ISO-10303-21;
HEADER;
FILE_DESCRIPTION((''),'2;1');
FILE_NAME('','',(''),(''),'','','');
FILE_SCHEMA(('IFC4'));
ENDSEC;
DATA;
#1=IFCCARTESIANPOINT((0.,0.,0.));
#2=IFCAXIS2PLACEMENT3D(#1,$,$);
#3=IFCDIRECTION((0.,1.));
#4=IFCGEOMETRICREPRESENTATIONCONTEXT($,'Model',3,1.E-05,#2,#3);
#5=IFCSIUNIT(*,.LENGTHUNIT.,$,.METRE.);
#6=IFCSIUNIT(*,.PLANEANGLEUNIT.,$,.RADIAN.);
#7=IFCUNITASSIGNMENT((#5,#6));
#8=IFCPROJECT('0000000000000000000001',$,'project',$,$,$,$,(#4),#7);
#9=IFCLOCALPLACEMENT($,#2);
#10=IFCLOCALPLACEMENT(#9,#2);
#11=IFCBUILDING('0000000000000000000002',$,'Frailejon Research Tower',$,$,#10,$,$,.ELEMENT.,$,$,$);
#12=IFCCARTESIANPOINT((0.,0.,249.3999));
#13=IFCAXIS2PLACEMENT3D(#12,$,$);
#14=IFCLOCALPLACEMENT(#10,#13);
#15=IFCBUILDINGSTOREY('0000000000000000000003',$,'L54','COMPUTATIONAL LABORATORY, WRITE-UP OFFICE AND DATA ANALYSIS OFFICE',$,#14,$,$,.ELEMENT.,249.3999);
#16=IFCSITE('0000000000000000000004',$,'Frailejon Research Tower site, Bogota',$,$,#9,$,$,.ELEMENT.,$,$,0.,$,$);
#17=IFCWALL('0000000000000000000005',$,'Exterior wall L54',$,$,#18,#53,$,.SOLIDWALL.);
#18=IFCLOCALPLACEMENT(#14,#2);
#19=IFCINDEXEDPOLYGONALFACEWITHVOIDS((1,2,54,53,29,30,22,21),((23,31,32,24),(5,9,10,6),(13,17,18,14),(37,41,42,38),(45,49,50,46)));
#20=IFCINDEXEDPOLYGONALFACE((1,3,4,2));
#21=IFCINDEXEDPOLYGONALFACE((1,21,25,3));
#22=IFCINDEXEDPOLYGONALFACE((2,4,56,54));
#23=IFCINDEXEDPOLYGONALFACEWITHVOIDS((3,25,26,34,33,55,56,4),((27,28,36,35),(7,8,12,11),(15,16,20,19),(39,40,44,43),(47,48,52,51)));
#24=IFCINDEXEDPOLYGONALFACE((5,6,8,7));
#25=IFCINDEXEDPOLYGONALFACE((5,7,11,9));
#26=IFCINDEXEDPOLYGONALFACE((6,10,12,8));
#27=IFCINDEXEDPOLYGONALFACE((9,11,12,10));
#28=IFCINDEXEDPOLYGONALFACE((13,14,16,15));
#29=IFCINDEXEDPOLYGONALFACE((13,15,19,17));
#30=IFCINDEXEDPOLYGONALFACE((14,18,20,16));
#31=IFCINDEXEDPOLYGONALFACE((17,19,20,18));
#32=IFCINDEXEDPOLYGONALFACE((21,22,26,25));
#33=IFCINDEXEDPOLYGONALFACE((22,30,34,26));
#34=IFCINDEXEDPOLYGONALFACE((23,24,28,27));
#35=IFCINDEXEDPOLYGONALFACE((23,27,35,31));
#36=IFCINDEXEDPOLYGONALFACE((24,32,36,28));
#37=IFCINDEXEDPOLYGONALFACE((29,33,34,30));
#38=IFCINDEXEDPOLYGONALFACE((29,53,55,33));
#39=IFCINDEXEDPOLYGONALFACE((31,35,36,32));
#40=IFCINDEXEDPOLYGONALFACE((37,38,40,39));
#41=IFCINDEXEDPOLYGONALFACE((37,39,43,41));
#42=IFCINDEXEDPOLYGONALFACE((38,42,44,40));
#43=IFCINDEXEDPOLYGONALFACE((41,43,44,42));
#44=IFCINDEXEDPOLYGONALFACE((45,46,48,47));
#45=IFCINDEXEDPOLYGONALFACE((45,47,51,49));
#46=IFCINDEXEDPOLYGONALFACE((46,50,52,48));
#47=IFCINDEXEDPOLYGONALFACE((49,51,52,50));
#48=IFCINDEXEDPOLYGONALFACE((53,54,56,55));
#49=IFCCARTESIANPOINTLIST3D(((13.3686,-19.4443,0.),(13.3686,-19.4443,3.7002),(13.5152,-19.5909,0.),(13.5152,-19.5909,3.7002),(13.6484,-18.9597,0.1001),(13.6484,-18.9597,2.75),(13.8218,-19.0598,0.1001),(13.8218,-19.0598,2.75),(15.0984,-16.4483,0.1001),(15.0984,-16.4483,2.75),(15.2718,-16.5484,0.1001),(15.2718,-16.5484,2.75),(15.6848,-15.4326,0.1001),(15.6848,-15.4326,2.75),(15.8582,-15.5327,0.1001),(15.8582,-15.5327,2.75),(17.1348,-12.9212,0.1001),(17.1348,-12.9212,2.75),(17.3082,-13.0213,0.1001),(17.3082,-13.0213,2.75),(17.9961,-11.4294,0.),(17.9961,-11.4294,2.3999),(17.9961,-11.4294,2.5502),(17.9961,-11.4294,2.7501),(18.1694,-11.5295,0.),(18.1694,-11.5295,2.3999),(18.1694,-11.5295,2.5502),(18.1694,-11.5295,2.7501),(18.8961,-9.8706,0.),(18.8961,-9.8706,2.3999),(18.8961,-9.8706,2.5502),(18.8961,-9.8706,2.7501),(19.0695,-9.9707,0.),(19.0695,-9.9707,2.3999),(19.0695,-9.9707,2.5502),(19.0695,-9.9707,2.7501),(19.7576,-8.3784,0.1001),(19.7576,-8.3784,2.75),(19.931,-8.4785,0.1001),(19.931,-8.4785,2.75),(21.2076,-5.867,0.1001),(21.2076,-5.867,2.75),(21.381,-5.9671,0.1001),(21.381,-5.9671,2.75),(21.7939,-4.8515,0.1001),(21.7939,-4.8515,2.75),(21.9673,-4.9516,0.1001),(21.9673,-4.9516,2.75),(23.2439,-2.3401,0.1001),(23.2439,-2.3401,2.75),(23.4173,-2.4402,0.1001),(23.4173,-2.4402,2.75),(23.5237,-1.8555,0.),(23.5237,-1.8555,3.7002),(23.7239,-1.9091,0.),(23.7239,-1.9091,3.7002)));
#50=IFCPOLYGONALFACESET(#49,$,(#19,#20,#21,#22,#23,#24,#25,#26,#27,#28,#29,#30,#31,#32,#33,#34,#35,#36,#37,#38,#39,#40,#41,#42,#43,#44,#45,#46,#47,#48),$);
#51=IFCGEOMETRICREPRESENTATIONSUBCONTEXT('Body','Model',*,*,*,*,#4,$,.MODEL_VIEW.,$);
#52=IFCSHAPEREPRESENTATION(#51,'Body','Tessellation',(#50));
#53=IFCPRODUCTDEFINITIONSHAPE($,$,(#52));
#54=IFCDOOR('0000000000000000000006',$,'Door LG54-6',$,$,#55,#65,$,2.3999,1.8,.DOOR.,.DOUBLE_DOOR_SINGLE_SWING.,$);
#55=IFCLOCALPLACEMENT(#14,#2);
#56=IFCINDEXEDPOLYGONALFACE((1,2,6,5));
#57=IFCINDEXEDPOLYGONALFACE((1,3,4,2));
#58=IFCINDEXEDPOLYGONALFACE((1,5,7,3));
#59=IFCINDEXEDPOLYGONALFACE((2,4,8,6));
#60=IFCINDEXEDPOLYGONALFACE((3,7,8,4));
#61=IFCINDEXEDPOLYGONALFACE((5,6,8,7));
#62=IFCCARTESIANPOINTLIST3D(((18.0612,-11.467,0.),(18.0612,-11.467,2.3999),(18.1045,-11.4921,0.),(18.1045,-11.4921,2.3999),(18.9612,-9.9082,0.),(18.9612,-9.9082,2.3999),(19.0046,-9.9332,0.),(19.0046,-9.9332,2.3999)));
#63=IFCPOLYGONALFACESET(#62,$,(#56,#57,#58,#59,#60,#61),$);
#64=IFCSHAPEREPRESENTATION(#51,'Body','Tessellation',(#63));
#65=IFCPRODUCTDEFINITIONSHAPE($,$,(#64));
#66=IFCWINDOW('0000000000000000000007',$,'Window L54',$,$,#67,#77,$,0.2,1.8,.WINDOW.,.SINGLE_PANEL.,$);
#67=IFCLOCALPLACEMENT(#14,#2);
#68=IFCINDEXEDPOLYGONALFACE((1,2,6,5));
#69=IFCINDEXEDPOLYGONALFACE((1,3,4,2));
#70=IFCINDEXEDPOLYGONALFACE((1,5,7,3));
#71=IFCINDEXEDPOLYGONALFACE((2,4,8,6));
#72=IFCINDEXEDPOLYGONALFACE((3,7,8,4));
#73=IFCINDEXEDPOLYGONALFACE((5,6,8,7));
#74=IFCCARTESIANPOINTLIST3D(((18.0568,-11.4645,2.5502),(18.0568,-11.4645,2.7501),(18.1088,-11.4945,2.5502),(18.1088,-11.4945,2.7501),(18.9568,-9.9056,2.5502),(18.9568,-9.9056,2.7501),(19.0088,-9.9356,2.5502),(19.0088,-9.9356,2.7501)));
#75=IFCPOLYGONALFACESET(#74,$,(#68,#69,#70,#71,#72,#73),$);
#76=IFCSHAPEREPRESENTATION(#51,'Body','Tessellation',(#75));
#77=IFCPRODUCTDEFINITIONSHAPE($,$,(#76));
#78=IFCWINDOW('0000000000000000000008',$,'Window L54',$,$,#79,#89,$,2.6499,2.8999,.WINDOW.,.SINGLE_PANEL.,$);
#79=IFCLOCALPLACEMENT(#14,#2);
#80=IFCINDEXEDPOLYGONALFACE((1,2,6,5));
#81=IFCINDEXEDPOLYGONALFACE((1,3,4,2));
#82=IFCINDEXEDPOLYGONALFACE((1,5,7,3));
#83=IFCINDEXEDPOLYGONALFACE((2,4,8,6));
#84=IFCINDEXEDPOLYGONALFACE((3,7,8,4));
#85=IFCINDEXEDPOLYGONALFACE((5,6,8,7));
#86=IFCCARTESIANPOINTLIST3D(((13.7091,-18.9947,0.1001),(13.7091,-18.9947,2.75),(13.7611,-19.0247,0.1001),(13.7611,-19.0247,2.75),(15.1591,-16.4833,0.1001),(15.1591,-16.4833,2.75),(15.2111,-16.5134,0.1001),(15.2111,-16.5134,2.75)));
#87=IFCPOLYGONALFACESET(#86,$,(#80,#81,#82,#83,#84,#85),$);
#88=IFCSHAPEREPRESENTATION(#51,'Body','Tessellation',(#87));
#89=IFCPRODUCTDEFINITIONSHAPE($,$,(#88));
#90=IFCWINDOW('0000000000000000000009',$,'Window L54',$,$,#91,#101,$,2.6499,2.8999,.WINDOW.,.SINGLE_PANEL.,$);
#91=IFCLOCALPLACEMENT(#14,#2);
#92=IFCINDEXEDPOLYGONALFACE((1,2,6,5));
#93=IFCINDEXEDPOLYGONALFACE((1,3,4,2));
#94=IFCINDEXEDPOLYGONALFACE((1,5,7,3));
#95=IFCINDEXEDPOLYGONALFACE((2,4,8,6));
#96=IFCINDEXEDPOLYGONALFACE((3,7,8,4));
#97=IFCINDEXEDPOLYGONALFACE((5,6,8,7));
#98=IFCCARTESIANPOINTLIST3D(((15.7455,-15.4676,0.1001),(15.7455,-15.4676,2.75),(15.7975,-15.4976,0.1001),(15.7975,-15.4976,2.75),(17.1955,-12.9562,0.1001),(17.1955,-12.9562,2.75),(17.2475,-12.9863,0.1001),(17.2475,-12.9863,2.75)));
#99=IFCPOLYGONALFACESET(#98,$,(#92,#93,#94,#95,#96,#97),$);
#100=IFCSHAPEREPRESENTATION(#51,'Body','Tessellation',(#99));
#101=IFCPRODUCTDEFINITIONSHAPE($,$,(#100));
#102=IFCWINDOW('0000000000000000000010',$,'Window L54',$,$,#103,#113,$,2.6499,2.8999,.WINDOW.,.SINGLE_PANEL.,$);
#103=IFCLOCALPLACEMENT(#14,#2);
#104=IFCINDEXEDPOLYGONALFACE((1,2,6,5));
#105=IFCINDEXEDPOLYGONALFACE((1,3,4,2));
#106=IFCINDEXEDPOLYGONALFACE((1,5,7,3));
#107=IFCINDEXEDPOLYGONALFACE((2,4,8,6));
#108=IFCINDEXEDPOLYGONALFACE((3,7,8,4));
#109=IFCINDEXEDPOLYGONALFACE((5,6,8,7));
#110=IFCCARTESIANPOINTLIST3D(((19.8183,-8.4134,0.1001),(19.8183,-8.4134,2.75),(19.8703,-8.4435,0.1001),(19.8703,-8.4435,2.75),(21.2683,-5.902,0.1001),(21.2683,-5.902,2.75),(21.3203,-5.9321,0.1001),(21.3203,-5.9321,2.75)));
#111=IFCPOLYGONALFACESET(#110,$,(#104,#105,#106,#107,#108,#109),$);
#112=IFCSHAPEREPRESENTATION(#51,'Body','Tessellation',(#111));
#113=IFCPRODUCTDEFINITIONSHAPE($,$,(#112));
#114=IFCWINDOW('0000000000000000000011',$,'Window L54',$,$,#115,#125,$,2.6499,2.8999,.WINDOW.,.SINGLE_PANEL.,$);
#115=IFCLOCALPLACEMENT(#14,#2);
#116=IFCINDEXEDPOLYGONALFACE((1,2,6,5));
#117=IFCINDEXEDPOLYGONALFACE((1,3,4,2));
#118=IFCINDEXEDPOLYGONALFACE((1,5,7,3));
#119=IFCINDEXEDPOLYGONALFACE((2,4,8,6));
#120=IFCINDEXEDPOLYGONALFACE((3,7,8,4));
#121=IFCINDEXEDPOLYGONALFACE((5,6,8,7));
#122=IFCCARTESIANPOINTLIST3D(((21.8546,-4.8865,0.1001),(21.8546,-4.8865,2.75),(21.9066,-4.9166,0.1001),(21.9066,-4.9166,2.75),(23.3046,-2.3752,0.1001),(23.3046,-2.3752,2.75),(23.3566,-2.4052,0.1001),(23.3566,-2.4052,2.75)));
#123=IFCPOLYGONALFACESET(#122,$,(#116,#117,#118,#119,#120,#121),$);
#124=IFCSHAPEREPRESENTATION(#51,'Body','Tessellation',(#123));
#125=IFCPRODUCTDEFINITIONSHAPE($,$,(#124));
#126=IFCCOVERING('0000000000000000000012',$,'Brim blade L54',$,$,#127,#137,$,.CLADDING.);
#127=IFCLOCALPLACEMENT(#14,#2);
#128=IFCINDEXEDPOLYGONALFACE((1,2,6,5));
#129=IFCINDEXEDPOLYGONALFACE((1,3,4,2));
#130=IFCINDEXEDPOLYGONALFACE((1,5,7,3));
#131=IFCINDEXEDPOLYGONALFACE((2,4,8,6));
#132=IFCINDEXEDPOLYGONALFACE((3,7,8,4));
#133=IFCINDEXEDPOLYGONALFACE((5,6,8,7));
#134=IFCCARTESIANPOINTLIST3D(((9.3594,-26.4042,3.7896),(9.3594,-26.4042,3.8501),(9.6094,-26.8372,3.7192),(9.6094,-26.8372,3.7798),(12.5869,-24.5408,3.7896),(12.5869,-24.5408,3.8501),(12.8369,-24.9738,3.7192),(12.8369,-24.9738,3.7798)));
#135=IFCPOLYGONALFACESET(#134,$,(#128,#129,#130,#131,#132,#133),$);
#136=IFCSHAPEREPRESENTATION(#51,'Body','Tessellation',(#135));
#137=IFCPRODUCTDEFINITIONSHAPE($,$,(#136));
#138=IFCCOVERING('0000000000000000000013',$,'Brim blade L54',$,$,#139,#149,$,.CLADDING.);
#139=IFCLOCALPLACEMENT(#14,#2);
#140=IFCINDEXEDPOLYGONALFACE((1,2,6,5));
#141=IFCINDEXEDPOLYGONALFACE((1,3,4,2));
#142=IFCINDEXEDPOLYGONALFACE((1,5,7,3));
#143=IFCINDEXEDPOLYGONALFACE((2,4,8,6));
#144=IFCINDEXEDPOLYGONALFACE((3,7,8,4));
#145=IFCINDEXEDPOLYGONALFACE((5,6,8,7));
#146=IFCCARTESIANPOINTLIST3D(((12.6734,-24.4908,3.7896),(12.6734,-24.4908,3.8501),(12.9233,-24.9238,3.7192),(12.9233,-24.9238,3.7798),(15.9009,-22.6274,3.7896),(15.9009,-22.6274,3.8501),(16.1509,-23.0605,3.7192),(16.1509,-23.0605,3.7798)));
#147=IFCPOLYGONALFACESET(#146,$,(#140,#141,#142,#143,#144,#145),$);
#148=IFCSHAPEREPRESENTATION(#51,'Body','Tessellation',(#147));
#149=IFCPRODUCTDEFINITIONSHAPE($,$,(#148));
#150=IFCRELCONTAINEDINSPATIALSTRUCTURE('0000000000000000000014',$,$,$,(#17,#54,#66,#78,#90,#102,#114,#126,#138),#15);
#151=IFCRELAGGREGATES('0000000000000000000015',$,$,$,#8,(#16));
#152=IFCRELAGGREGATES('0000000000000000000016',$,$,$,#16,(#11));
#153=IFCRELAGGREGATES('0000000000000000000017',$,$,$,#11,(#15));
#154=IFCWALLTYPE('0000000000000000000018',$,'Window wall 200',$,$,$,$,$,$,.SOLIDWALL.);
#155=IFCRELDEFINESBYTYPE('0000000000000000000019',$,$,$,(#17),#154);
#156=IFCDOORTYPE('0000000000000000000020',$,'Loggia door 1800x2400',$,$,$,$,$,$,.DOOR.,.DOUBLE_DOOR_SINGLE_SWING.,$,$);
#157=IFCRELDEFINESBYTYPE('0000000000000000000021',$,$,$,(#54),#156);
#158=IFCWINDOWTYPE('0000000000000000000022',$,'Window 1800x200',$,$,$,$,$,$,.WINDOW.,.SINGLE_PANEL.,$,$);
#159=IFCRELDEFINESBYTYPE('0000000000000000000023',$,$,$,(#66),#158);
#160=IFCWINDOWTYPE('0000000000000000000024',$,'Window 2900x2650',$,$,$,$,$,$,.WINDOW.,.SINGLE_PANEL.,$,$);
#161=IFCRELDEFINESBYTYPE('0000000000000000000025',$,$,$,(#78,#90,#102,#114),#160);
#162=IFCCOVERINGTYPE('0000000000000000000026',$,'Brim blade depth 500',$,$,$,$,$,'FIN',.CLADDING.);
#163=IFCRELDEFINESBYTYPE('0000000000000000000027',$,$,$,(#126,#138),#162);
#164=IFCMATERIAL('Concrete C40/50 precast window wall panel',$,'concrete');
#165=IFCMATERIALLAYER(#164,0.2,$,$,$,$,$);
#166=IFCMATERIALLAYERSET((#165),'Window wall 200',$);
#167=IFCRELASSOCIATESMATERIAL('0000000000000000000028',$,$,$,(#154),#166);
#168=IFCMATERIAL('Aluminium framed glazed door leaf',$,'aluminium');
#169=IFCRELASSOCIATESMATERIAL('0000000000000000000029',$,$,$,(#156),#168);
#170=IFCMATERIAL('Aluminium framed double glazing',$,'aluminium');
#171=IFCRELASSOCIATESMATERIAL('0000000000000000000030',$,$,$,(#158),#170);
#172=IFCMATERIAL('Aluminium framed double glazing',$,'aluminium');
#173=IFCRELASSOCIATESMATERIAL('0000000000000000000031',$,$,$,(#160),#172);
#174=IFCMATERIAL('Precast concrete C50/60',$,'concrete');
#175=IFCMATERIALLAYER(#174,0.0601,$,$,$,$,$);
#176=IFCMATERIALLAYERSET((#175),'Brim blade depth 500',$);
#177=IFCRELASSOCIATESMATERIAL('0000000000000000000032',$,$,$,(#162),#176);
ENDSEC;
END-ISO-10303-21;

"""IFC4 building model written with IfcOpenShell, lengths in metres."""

from ifc_helpers import new_model, si_unit, direction, frame, frame_2d, origin, place, context, subcontext, project, spatial, polyline, rectangle, outline, extrude, material, layer, layer_set, type_object, element, fill, save


model = new_model("IFC4")

# Units and contexts
model_context = context("Model", 3, precision=1e-05, world=origin(), true_north=direction((0.0, 1.0)))
body_context = subcontext(model_context, "Body", "Model", "MODEL_VIEW")
ifc_project = project(units=[si_unit("LENGTHUNIT", "METRE"), si_unit("PLANEANGLEUNIT", "RADIAN")], contexts=[model_context])

# Site, building, storey
site_placement = place(None, origin())
site = spatial("IfcSite", under=ifc_project, at=site_placement, Name="Frailejon Research Tower site, Bogota", CompositionType="ELEMENT", RefElevation=0.0)
building_placement = place(site_placement, origin())
building = spatial("IfcBuilding", under=site, at=building_placement, Name="Frailejon Research Tower", CompositionType="ELEMENT")
storey_placement = place(building_placement, frame((0.0, 0.0, 249.3999)))
storey = spatial("IfcBuildingStorey", under=building, at=storey_placement, Name="L54", Description="COMPUTATIONAL LABORATORY, WRITE-UP OFFICE AND DATA ANALYSIS OFFICE", CompositionType="ELEMENT", Elevation=249.3999)

# Wall, openings, door, windows
ifc_material_1 = material(Name="Concrete C40/50 precast window wall panel", Category="concrete")
ifc_layer_1 = layer(ifc_material_1, 0.2)
ifc_layer_set_1 = layer_set([ifc_layer_1], Name="Window wall 200")
wall_type = type_object("IfcWallType", Name="Window wall 200", PredefinedType="SOLIDWALL", material=ifc_layer_set_1)
wall_placement = place(storey_placement, frame((13.4419, -19.5176, 0.0), z_axis=(0.0, 0.0, 1.0), x_axis=(0.500006, 0.866022, 0.0)))
wall = element("IfcWall", 1, at=wall_placement, inside=storey, type_object=wall_type, Name="Exterior wall L54", PredefinedType="SOLIDWALL", context=body_context, shape_type="SweptSolid", body=[
    extrude(outline(polyline([(-0.0269, -0.1001), (0.9939, -0.1001), (2.0149, -0.1001), (3.0356, -0.1001), (4.0566, -0.1001), (5.0774, -0.1001), (6.0984, -0.1001), (7.1191, -0.1001), (8.1401, -0.1001), (9.1609, -0.1001), (10.1816, -0.1001), (11.2026, -0.1001), (12.2234, -0.1001), (13.2444, -0.1001), (14.2651, -0.1001), (15.2861, -0.1001), (16.3069, -0.1001), (17.3279, -0.1001), (18.3486, -0.1001), (19.3696, -0.1001), (20.3904, -0.1001), (20.3367, 0.1001), (19.3213, 0.1001), (18.3057, 0.1001), (17.2903, 0.1001), (16.2747, 0.1001), (15.2593, 0.1001), (14.2437, 0.1001), (13.2283, 0.1001), (12.2126, 0.1001), (11.1973, 0.1001), (10.1816, 0.1001), (9.1663, 0.1001), (8.1509, 0.1001), (7.1353, 0.1001), (6.1199, 0.1001), (5.1042, 0.1001), (4.0889, 0.1001), (3.0732, 0.1001), (2.0579, 0.1001), (1.0422, 0.1001), (0.0269, 0.1001), (-0.0269, -0.1001)])), origin(), (0.0, 0.0, 1.0), 3.7002),
])
opening_1_placement = place(wall_placement, frame((0.5864, 0.0, 0.1001)))
opening_1 = element("IfcOpeningElement", 2, at=opening_1_placement, cuts=wall, PredefinedType="OPENING", context=body_context, shape_type="SweptSolid", body=[
    extrude(rectangle(XDim=2.8999, YDim=2.6499, at=frame_2d((1.45, 1.325))), frame((0.0, 0.1099, 0.0), z_axis=(0.0, -1.0, 0.0), x_axis=(1.0, 0.0, 0.0)), (0.0, 0.0, 1.0), 0.22),
])
opening_2_placement = place(wall_placement, frame((4.6592, 0.0, 0.1001)))
opening_2 = element("IfcOpeningElement", 3, at=opening_2_placement, cuts=wall, PredefinedType="OPENING", context=body_context, shape_type="SweptSolid", body=[
    extrude(rectangle(XDim=2.8999, YDim=2.6499, at=frame_2d((1.45, 1.325))), frame((0.0, 0.1099, 0.0), z_axis=(0.0, -1.0, 0.0), x_axis=(1.0, 0.0, 0.0)), (0.0, 0.0, 1.0), 0.22),
])
opening_3_placement = place(wall_placement, frame((9.2817, 0.0, 0.0)))
opening_3 = element("IfcOpeningElement", 4, at=opening_3_placement, cuts=wall, PredefinedType="OPENING", context=body_context, shape_type="SweptSolid", body=[
    extrude(rectangle(XDim=1.8, YDim=2.3999, at=frame_2d((0.8999, 1.2))), frame((0.0, 0.1099, 0.0), z_axis=(0.0, -1.0, 0.0), x_axis=(1.0, 0.0, 0.0)), (0.0, 0.0, 1.0), 0.22),
])
opening_4_placement = place(wall_placement, frame((9.2817, 0.0, 2.55)))
opening_4 = element("IfcOpeningElement", 5, at=opening_4_placement, cuts=wall, PredefinedType="OPENING", context=body_context, shape_type="SweptSolid", body=[
    extrude(rectangle(XDim=1.8, YDim=0.2, at=frame_2d((0.8999, 0.1001))), frame((0.0, 0.1099, 0.0), z_axis=(0.0, -1.0, 0.0), x_axis=(1.0, 0.0, 0.0)), (0.0, 0.0, 1.0), 0.22),
])
opening_5_placement = place(wall_placement, frame((12.8047, 0.0, 0.1001)))
opening_5 = element("IfcOpeningElement", 6, at=opening_5_placement, cuts=wall, PredefinedType="OPENING", context=body_context, shape_type="SweptSolid", body=[
    extrude(rectangle(XDim=2.8999, YDim=2.6499, at=frame_2d((1.45, 1.325))), frame((0.0, 0.1099, 0.0), z_axis=(0.0, -1.0, 0.0), x_axis=(1.0, 0.0, 0.0)), (0.0, 0.0, 1.0), 0.22),
])
opening_6_placement = place(wall_placement, frame((16.8772, 0.0, 0.1001)))
opening_6 = element("IfcOpeningElement", 7, at=opening_6_placement, cuts=wall, PredefinedType="OPENING", context=body_context, shape_type="SweptSolid", body=[
    extrude(rectangle(XDim=2.8999, YDim=2.6499, at=frame_2d((1.45, 1.325))), frame((0.0, 0.1099, 0.0), z_axis=(0.0, -1.0, 0.0), x_axis=(1.0, 0.0, 0.0)), (0.0, 0.0, 1.0), 0.22),
])
ifc_material_2 = material(Name="Aluminium framed glazed door leaf", Category="aluminium")
door_type = type_object("IfcDoorType", Name="Loggia door 1800x2400", OperationType="DOUBLE_DOOR_SINGLE_SWING", PredefinedType="DOOR", material=ifc_material_2)
door_placement = place(opening_3_placement, origin())
door = element("IfcDoor", 8, at=door_placement, inside=storey, type_object=door_type, Name="Door LG54-6", OperationType="DOUBLE_DOOR_SINGLE_SWING", OverallHeight=2.3999, OverallWidth=1.8, PredefinedType="DOOR", context=body_context, shape_type="SweptSolid", body=[
    extrude(rectangle(XDim=1.8, YDim=2.3999, at=frame_2d((0.8999, 1.2))), frame((0.0, 0.0249, 0.0), z_axis=(0.0, -1.0, 0.0), x_axis=(1.0, 0.0, 0.0)), (0.0, 0.0, 1.0), 0.05),
])
fill(opening_3, door)
ifc_material_3 = material(Name="Aluminium framed double glazing", Category="aluminium")
window_type_1 = type_object("IfcWindowType", Name="Window 1800x200", PartitioningType="SINGLE_PANEL", PredefinedType="WINDOW", material=ifc_material_3)
window_1_placement = place(opening_4_placement, origin())
window_1 = element("IfcWindow", 9, at=window_1_placement, inside=storey, type_object=window_type_1, Name="Window L54", OverallHeight=0.2, OverallWidth=1.8, PartitioningType="SINGLE_PANEL", PredefinedType="WINDOW", context=body_context, shape_type="SweptSolid", body=[
    extrude(rectangle(XDim=1.8, YDim=0.2, at=frame_2d((0.8999, 0.1001))), frame((0.0, 0.03, 0.0), z_axis=(0.0, -1.0, 0.0), x_axis=(1.0, 0.0, 0.0)), (0.0, 0.0, 1.0), 0.0601),
])
fill(opening_4, window_1)
ifc_material_4 = material(Name="Aluminium framed double glazing", Category="aluminium")
window_type_2 = type_object("IfcWindowType", Name="Window 2900x2650", PartitioningType="SINGLE_PANEL", PredefinedType="WINDOW", material=ifc_material_4)
window_2_placement = place(opening_1_placement, origin())
window_2 = element("IfcWindow", 10, at=window_2_placement, inside=storey, type_object=window_type_2, Name="Window L54", OverallHeight=2.6499, OverallWidth=2.8999, PartitioningType="SINGLE_PANEL", PredefinedType="WINDOW", context=body_context, shape_type="SweptSolid", body=[
    extrude(rectangle(XDim=2.8999, YDim=2.6499, at=frame_2d((1.45, 1.325))), frame((0.0, 0.03, 0.0), z_axis=(0.0, -1.0, 0.0), x_axis=(1.0, 0.0, 0.0)), (0.0, 0.0, 1.0), 0.0601),
])
fill(opening_1, window_2)
window_3_placement = place(opening_2_placement, origin())
window_3 = element("IfcWindow", 11, at=window_3_placement, inside=storey, type_object=window_type_2, Name="Window L54", OverallHeight=2.6499, OverallWidth=2.8999, PartitioningType="SINGLE_PANEL", PredefinedType="WINDOW", context=body_context, shape_type="SweptSolid", body=[
    extrude(rectangle(XDim=2.8999, YDim=2.6499, at=frame_2d((1.45, 1.325))), frame((0.0, 0.03, 0.0), z_axis=(0.0, -1.0, 0.0), x_axis=(1.0, 0.0, 0.0)), (0.0, 0.0, 1.0), 0.0601),
])
fill(opening_2, window_3)
window_4_placement = place(opening_5_placement, origin())
window_4 = element("IfcWindow", 12, at=window_4_placement, inside=storey, type_object=window_type_2, Name="Window L54", OverallHeight=2.6499, OverallWidth=2.8999, PartitioningType="SINGLE_PANEL", PredefinedType="WINDOW", context=body_context, shape_type="SweptSolid", body=[
    extrude(rectangle(XDim=2.8999, YDim=2.6499, at=frame_2d((1.45, 1.325))), frame((0.0, 0.03, 0.0), z_axis=(0.0, -1.0, 0.0), x_axis=(1.0, 0.0, 0.0)), (0.0, 0.0, 1.0), 0.0601),
])
fill(opening_5, window_4)
window_5_placement = place(opening_6_placement, origin())
window_5 = element("IfcWindow", 13, at=window_5_placement, inside=storey, type_object=window_type_2, Name="Window L54", OverallHeight=2.6499, OverallWidth=2.8999, PartitioningType="SINGLE_PANEL", PredefinedType="WINDOW", context=body_context, shape_type="SweptSolid", body=[
    extrude(rectangle(XDim=2.8999, YDim=2.6499, at=frame_2d((1.45, 1.325))), frame((0.0, 0.03, 0.0), z_axis=(0.0, -1.0, 0.0), x_axis=(1.0, 0.0, 0.0)), (0.0, 0.0, 1.0), 0.0601),
])
fill(opening_6, window_5)

# Coverings
ifc_material_5 = material(Name="Precast concrete C50/60", Category="concrete")
ifc_layer_2 = layer(ifc_material_5, 0.0601)
ifc_layer_set_2 = layer_set([ifc_layer_2], Name="Brim blade depth 500")
covering_type_1 = type_object("IfcCoveringType", Name="Brim blade depth 500", ElementType="FIN", PredefinedType="CLADDING", material=ifc_layer_set_2)
for number, where, z_axis, x_axis, name in (
    (14, (12.5869, -24.5408, 3.8501), (-0.866025, -0.500001, 0.0), (0.500001, -0.866025, 0.0), "Brim blade L54"),
    (15, (15.9009, -22.6274, 3.8501), (-0.86603, -0.499992, 0.0), (0.499992, -0.86603, 0.0), "Brim blade L54"),
):
    element("IfcCovering", number, at=place(storey_placement, frame(where, z_axis=z_axis, x_axis=x_axis)), inside=storey, type_object=covering_type_1, Name=name, PredefinedType="CLADDING", context=body_context, shape_type="SweptSolid", body=[
        extrude(outline(polyline([(0.0, -0.0605), (0.5, -0.1309), (0.5, -0.0703), (0.0, 0.0), (0.0, -0.0605)])), origin(), (0.0, 0.0, 1.0), 3.7268),
    ])

save(model, "model.ifc")
